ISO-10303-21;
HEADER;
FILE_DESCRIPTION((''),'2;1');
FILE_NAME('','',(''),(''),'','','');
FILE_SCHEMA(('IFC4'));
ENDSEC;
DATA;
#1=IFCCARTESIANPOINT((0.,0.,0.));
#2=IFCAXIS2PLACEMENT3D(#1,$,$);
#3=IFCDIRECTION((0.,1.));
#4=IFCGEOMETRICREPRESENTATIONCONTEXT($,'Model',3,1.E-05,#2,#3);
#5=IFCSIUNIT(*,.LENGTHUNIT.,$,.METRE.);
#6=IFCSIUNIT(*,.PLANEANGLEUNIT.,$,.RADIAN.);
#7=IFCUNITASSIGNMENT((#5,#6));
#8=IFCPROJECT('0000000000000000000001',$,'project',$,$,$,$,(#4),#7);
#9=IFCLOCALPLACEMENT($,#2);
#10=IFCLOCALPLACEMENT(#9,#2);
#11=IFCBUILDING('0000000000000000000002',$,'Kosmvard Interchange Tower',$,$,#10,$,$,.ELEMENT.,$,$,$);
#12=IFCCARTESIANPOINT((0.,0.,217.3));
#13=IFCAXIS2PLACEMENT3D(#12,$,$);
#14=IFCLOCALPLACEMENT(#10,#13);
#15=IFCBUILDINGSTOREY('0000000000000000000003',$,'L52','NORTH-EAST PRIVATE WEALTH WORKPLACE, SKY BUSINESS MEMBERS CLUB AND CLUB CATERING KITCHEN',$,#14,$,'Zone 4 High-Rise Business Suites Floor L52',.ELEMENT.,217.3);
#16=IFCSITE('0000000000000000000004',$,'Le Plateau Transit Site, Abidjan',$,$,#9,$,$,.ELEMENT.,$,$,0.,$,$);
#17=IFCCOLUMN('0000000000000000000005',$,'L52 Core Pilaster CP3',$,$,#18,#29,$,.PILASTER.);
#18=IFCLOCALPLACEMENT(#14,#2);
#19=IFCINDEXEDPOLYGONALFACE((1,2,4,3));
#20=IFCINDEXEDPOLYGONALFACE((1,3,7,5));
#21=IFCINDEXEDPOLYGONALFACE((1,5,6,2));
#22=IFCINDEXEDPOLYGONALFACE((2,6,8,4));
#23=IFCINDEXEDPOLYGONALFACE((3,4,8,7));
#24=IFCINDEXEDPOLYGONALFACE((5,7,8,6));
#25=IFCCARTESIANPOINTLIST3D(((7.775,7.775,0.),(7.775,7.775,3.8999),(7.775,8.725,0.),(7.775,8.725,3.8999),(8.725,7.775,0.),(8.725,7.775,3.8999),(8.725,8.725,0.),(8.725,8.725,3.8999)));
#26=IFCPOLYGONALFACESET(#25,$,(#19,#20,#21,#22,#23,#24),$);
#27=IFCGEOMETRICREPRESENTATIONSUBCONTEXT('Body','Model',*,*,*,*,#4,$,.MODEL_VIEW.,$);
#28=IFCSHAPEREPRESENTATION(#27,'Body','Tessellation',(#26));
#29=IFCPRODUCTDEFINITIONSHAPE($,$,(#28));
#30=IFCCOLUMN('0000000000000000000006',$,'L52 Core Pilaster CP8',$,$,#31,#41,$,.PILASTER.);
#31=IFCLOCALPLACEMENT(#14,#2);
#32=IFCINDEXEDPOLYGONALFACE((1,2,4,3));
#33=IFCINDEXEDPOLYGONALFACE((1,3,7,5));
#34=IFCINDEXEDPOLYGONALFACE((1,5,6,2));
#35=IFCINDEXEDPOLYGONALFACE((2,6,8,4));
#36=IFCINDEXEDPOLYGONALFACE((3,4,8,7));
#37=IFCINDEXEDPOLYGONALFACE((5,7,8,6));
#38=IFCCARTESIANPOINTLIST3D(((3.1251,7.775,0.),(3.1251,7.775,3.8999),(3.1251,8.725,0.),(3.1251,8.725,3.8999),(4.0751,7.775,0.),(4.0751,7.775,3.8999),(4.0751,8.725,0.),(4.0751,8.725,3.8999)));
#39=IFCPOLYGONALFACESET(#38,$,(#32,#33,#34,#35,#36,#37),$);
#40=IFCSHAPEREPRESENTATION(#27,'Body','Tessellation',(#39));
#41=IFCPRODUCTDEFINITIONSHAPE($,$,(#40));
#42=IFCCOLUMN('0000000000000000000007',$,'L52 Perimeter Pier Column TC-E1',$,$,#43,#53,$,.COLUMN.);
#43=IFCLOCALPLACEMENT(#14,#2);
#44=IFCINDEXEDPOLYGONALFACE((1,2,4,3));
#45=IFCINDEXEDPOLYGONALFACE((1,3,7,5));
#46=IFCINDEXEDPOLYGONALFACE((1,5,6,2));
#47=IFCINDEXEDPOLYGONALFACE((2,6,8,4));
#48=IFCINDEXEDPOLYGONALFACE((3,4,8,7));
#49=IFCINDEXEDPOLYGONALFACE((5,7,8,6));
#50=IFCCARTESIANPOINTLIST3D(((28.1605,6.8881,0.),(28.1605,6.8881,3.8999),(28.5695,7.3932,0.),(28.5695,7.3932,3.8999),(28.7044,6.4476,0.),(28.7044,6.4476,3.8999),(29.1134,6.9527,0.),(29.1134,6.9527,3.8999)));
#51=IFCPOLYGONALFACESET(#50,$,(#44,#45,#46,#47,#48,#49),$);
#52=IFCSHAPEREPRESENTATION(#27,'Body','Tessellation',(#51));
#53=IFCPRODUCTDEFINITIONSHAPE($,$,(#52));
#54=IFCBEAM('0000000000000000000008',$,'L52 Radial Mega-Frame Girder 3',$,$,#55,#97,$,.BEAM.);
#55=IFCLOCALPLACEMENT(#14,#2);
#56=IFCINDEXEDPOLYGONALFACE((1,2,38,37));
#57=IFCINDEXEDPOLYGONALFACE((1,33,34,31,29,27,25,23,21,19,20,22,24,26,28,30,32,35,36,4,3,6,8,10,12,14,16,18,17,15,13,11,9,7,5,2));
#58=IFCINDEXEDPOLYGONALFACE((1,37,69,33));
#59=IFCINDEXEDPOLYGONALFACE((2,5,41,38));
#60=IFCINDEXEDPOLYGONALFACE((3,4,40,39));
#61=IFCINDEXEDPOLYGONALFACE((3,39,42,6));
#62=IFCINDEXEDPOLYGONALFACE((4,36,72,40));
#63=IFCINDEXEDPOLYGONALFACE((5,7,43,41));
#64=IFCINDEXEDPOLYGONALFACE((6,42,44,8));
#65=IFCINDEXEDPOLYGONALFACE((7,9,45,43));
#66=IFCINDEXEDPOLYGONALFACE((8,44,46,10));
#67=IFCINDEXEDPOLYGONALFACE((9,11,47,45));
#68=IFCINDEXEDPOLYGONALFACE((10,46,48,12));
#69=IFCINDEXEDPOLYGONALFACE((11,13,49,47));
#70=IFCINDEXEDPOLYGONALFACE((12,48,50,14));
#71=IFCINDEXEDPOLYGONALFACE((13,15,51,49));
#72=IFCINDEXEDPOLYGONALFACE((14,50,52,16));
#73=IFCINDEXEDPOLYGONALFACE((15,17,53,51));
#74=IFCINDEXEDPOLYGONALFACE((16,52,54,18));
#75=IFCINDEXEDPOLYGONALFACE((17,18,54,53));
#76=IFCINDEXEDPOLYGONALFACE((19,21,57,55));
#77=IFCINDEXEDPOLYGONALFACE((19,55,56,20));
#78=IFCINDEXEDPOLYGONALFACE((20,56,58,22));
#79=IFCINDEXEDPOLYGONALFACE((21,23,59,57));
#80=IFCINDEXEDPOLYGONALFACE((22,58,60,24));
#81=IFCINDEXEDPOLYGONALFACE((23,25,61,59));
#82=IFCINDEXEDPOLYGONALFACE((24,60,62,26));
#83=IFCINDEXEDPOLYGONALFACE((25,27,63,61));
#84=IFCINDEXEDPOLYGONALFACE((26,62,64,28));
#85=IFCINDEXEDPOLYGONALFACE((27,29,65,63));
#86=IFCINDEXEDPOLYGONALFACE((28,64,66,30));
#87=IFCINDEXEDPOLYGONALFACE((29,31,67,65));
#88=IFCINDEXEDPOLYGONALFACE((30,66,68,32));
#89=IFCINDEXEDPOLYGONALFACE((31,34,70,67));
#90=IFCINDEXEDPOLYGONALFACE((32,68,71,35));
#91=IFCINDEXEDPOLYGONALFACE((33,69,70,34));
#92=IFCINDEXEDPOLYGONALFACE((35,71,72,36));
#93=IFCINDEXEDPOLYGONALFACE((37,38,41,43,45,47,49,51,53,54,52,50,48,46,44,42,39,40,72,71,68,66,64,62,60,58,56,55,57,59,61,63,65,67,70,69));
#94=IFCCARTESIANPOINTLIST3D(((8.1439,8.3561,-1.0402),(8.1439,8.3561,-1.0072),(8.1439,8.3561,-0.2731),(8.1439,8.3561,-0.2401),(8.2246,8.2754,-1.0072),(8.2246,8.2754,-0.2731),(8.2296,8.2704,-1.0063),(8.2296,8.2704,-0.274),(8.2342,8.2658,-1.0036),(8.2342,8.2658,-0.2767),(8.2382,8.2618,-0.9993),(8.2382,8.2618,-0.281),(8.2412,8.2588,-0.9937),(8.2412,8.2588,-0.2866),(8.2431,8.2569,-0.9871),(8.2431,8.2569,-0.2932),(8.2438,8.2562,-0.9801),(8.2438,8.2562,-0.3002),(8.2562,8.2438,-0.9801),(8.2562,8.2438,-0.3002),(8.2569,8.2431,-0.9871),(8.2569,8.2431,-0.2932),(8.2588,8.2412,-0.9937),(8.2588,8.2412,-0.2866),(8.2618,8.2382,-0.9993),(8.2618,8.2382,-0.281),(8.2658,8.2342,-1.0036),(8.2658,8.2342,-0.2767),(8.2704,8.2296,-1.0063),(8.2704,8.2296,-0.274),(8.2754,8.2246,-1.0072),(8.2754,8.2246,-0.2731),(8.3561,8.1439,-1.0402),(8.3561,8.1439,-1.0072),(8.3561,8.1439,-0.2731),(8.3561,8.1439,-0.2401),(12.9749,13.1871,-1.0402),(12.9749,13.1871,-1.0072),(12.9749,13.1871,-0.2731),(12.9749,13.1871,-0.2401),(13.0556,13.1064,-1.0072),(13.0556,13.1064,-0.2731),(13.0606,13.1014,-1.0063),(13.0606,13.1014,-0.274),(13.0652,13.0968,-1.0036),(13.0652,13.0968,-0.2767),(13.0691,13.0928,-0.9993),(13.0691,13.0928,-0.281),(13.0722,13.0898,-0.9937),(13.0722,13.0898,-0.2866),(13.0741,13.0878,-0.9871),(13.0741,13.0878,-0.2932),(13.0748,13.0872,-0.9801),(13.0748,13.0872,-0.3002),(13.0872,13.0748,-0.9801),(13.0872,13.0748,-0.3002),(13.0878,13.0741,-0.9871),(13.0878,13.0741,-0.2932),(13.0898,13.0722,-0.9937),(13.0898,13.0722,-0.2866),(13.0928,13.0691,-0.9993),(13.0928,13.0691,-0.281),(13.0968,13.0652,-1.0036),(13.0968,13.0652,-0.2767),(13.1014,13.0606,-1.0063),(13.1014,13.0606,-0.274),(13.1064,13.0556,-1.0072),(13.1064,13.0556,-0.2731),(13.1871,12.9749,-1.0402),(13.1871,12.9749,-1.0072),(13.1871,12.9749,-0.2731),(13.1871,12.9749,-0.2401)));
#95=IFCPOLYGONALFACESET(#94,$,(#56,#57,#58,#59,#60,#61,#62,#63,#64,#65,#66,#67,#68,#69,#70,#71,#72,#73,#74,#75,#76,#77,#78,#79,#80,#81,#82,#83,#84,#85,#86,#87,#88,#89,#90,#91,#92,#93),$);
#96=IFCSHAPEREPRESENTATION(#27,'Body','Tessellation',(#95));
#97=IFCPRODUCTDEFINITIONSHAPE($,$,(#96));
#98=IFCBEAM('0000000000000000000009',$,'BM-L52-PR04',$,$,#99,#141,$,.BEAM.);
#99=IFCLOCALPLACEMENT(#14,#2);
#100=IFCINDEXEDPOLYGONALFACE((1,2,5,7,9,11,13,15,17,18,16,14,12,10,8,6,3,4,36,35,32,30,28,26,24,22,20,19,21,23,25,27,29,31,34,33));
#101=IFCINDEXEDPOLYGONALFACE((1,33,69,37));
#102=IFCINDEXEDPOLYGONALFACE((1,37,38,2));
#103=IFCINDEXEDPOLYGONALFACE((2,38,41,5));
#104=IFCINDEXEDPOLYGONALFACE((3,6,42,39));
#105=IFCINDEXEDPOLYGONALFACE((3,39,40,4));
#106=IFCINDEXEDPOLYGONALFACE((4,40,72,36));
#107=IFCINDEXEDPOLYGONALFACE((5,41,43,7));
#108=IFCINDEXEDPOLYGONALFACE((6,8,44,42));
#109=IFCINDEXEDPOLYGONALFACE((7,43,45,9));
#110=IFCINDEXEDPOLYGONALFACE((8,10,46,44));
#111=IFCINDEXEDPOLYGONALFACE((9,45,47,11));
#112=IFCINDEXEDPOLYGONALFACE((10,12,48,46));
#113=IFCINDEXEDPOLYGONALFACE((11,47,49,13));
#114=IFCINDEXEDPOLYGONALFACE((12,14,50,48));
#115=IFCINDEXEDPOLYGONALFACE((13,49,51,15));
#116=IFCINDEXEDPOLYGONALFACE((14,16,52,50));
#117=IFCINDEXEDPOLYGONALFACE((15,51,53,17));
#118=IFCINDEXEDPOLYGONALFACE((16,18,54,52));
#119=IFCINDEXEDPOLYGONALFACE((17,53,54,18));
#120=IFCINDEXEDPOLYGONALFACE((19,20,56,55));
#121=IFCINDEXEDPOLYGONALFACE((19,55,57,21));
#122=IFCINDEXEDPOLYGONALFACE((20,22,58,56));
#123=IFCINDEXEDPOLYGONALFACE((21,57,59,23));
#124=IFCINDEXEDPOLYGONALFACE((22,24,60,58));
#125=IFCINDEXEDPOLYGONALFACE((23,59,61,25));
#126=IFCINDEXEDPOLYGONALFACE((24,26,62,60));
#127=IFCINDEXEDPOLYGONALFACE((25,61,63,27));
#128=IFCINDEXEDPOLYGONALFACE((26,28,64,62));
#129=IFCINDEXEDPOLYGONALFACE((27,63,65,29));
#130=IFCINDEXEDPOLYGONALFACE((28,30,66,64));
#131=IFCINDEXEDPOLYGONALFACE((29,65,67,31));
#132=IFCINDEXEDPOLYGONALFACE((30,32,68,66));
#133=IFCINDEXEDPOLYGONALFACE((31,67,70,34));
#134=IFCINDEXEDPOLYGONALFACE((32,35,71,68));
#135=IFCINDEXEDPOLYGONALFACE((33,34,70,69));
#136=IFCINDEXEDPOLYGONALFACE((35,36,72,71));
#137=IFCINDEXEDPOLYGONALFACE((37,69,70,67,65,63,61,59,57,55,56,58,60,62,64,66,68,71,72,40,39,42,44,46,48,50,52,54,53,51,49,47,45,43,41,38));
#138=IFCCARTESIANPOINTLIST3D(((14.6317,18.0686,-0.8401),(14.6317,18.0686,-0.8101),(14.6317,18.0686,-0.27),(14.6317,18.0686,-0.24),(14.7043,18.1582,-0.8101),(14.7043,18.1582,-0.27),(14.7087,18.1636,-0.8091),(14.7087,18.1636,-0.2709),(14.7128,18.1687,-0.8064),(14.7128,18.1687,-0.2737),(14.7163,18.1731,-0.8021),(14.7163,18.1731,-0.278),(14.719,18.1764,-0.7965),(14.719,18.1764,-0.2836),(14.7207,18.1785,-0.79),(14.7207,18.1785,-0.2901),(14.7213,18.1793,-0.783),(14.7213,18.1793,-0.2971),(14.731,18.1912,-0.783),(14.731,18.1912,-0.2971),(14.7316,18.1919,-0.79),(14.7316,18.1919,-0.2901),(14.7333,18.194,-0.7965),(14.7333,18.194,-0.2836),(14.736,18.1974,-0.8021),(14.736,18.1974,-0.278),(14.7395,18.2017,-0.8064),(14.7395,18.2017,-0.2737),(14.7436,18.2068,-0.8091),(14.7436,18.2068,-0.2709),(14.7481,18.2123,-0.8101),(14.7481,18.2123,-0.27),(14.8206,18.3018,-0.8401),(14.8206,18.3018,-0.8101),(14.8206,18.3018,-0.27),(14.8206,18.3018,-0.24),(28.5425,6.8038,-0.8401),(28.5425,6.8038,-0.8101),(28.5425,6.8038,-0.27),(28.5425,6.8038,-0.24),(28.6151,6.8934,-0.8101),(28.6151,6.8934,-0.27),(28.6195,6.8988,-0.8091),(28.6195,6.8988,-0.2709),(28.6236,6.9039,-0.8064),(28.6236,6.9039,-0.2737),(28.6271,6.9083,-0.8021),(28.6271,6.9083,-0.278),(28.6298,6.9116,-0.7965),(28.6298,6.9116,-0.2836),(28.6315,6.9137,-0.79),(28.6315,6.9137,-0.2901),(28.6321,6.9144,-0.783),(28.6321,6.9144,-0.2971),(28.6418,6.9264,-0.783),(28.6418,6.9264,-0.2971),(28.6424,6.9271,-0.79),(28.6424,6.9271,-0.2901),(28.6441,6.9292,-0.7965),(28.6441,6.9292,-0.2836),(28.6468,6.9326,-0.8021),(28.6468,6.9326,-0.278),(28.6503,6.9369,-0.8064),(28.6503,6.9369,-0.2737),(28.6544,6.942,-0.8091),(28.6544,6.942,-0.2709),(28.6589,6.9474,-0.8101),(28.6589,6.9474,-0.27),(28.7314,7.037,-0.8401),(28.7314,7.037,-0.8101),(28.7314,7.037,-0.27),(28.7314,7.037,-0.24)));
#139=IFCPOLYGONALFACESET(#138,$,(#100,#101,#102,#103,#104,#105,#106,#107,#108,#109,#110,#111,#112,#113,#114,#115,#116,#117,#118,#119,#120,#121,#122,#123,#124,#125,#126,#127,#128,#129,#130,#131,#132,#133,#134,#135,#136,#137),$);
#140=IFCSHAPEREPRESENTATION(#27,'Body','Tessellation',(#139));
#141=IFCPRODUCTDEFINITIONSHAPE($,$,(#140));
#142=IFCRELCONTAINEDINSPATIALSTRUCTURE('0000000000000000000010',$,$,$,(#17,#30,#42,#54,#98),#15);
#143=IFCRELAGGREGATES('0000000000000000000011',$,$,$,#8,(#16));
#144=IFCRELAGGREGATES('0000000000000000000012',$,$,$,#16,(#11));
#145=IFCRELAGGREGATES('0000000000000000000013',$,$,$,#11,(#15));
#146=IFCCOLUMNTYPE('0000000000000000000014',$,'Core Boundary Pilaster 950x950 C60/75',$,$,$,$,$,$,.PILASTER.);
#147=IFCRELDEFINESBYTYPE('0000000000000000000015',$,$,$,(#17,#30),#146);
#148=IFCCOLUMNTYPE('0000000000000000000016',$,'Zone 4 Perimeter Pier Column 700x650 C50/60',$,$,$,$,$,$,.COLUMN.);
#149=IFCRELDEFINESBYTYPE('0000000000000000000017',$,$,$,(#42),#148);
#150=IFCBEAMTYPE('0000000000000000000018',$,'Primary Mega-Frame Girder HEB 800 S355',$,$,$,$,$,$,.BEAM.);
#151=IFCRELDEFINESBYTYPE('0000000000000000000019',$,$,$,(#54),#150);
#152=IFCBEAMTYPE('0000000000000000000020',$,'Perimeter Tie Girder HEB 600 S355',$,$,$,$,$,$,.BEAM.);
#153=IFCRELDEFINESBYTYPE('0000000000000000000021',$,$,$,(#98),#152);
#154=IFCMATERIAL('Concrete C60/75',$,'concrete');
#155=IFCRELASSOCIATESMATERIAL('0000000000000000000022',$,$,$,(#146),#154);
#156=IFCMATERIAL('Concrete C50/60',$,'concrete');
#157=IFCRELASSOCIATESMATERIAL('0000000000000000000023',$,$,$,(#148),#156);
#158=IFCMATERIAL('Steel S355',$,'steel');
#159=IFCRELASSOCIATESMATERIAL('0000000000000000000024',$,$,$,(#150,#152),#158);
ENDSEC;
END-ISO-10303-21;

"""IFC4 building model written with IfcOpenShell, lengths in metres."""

from ifc_helpers import new_model, si_unit, direction, frame, origin, origin_2d, place, context, subcontext, project, spatial, rectangle, i_section, extrude, source, transform, mapped, material, material_profile, profile_set, type_object, element, save


model = new_model("IFC4")

# Units and contexts
model_context = context("Model", 3, precision=1e-05, world=origin(), true_north=direction((0.0, 1.0)))
body_context = subcontext(model_context, "Body", "Model", "MODEL_VIEW")
ifc_project = project(units=[si_unit("LENGTHUNIT", "METRE"), si_unit("PLANEANGLEUNIT", "RADIAN")], contexts=[model_context])

# Site, building, storey
site_placement = place(None, origin())
site = spatial("IfcSite", under=ifc_project, at=site_placement, Name="Le Plateau Transit Site, Abidjan", CompositionType="ELEMENT", RefElevation=0.0)
building_placement = place(site_placement, origin())
building = spatial("IfcBuilding", under=site, at=building_placement, Name="Kosmvard Interchange Tower", CompositionType="ELEMENT")
storey_placement = place(building_placement, frame((0.0, 0.0, 217.3)))
storey = spatial("IfcBuildingStorey", under=building, at=storey_placement, Name="L52", Description="NORTH-EAST PRIVATE WEALTH WORKPLACE, SKY BUSINESS MEMBERS CLUB AND CLUB CATERING KITCHEN", LongName="Zone 4 High-Rise Business Suites Floor L52", CompositionType="ELEMENT", Elevation=217.3)

# Columns
ifc_material_1 = material(Name="Concrete C60/75", Category="concrete")
ifc_material_profile_1 = material_profile(ifc_material_1, rectangle(XDim=0.95, YDim=0.95, at=origin_2d()), Name="CP 950x950")
ifc_profile_set_1 = profile_set([ifc_material_profile_1], Name="Concrete C60/75")
column_type_1 = type_object("IfcColumnType", Name="Core Boundary Pilaster 950x950 C60/75", PredefinedType="PILASTER", material=ifc_profile_set_1)
shared_shape_1 = source(origin(), body_context, "Body", "SweptSolid", [
    extrude(rectangle(XDim=0.95, YDim=0.95, at=origin_2d()), origin(), (0.0, 0.0, 1.0), 3.8999),
])
for number, where, z_axis, x_axis, name in (
    (1, (8.25, 8.25, 0.0), (0.0, 0.0, 1.0), (1.0, 0.0, 0.0), "L52 Core Pilaster CP3"),
    (2, (3.6001, 8.25, 0.0), (0.0, 0.0, 1.0), (1.0, 0.0, 0.0), "L52 Core Pilaster CP8"),
):
    element("IfcColumn", number, at=place(storey_placement, frame(where, z_axis=z_axis, x_axis=x_axis)), inside=storey, type_object=column_type_1, Name=name, PredefinedType="PILASTER", context=body_context, shape_type="MappedRepresentation", body=[
        mapped(shared_shape_1, transform((0.0, 0.0, 0.0), scale=1.0)),
    ])
ifc_material_2 = material(Name="Concrete C50/60", Category="concrete")
ifc_material_profile_2 = material_profile(ifc_material_2, rectangle(XDim=0.6499, YDim=0.7, at=origin_2d()), Name="TC 700x650")
ifc_profile_set_2 = profile_set([ifc_material_profile_2], Name="Concrete C50/60")
column_type_2 = type_object("IfcColumnType", Name="Zone 4 Perimeter Pier Column 700x650 C50/60", PredefinedType="COLUMN", material=ifc_profile_set_2)
shared_shape_2 = source(origin(), body_context, "Body", "SweptSolid", [
    extrude(rectangle(XDim=0.6499, YDim=0.7, at=origin_2d()), origin(), (0.0, 0.0, 1.0), 3.8999),
])
column_placement = place(storey_placement, frame((28.637, 6.9204, 0.0), z_axis=(0.0, 0.0, 1.0), x_axis=(0.62932, 0.777146, 0.0)))
element("IfcColumn", 3, at=column_placement, inside=storey, type_object=column_type_2, Name="L52 Perimeter Pier Column TC-E1", PredefinedType="COLUMN", context=body_context, shape_type="MappedRepresentation", body=[
    mapped(shared_shape_2, transform((0.0, 0.0, 0.0), scale=1.0)),
])

# Beams
ifc_material_3 = material(Name="Steel S355", Category="steel")
ifc_material_profile_3 = material_profile(ifc_material_3, i_section(OverallWidth=0.3, OverallDepth=0.8, WebThickness=0.0176, FlangeThickness=0.033, FilletRadius=0.0271, at=origin_2d()), Name="HEB 800")
ifc_profile_set_3 = profile_set([ifc_material_profile_3], Name="Steel S355")
beam_type_1 = type_object("IfcBeamType", Name="Primary Mega-Frame Girder HEB 800 S355", PredefinedType="BEAM", material=ifc_profile_set_3)
shared_shape_3 = source(origin(), body_context, "Body", "SweptSolid", [
    extrude(i_section(OverallWidth=0.3, OverallDepth=0.8, WebThickness=0.0176, FlangeThickness=0.033, FilletRadius=0.0271, at=origin_2d()), origin(), (0.0, 0.0, 1.0), 6.832),
])
beam_1_placement = place(storey_placement, frame((8.25, 8.25, -0.6401), z_axis=(0.707107, 0.707107, 0.0), x_axis=(-0.707107, 0.707107, 0.0)))
element("IfcBeam", 4, at=beam_1_placement, inside=storey, type_object=beam_type_1, Name="L52 Radial Mega-Frame Girder 3", PredefinedType="BEAM", context=body_context, shape_type="MappedRepresentation", body=[
    mapped(shared_shape_3, transform((0.0, 0.0, 0.0), scale=1.0)),
])
ifc_material_profile_4 = material_profile(ifc_material_3, i_section(OverallWidth=0.3, OverallDepth=0.6001, WebThickness=0.0154, FlangeThickness=0.03, FilletRadius=0.0271, at=origin_2d()), Name="HEB 600")
ifc_profile_set_4 = profile_set([ifc_material_profile_4], Name="Steel S355")
beam_type_2 = type_object("IfcBeamType", Name="Perimeter Tie Girder HEB 600 S355", PredefinedType="BEAM", material=ifc_profile_set_4)
shared_shape_4 = source(origin(), body_context, "Body", "SweptSolid", [
    extrude(i_section(OverallWidth=0.3, OverallDepth=0.6001, WebThickness=0.0154, FlangeThickness=0.03, FilletRadius=0.0271, at=origin_2d()), origin(), (0.0, 0.0, 1.0), 17.8999),
])
beam_2_placement = place(storey_placement, frame((28.637, 6.9204, -0.54), z_axis=(-0.777144, 0.629323, 0.0), x_axis=(-0.629323, -0.777144, 0.0)))
element("IfcBeam", 5, at=beam_2_placement, inside=storey, type_object=beam_type_2, Name="BM-L52-PR04", PredefinedType="BEAM", context=body_context, shape_type="MappedRepresentation", body=[
    mapped(shared_shape_4, transform((0.0, 0.0, 0.0), scale=1.0)),
])

save(model, "model.ifc")
